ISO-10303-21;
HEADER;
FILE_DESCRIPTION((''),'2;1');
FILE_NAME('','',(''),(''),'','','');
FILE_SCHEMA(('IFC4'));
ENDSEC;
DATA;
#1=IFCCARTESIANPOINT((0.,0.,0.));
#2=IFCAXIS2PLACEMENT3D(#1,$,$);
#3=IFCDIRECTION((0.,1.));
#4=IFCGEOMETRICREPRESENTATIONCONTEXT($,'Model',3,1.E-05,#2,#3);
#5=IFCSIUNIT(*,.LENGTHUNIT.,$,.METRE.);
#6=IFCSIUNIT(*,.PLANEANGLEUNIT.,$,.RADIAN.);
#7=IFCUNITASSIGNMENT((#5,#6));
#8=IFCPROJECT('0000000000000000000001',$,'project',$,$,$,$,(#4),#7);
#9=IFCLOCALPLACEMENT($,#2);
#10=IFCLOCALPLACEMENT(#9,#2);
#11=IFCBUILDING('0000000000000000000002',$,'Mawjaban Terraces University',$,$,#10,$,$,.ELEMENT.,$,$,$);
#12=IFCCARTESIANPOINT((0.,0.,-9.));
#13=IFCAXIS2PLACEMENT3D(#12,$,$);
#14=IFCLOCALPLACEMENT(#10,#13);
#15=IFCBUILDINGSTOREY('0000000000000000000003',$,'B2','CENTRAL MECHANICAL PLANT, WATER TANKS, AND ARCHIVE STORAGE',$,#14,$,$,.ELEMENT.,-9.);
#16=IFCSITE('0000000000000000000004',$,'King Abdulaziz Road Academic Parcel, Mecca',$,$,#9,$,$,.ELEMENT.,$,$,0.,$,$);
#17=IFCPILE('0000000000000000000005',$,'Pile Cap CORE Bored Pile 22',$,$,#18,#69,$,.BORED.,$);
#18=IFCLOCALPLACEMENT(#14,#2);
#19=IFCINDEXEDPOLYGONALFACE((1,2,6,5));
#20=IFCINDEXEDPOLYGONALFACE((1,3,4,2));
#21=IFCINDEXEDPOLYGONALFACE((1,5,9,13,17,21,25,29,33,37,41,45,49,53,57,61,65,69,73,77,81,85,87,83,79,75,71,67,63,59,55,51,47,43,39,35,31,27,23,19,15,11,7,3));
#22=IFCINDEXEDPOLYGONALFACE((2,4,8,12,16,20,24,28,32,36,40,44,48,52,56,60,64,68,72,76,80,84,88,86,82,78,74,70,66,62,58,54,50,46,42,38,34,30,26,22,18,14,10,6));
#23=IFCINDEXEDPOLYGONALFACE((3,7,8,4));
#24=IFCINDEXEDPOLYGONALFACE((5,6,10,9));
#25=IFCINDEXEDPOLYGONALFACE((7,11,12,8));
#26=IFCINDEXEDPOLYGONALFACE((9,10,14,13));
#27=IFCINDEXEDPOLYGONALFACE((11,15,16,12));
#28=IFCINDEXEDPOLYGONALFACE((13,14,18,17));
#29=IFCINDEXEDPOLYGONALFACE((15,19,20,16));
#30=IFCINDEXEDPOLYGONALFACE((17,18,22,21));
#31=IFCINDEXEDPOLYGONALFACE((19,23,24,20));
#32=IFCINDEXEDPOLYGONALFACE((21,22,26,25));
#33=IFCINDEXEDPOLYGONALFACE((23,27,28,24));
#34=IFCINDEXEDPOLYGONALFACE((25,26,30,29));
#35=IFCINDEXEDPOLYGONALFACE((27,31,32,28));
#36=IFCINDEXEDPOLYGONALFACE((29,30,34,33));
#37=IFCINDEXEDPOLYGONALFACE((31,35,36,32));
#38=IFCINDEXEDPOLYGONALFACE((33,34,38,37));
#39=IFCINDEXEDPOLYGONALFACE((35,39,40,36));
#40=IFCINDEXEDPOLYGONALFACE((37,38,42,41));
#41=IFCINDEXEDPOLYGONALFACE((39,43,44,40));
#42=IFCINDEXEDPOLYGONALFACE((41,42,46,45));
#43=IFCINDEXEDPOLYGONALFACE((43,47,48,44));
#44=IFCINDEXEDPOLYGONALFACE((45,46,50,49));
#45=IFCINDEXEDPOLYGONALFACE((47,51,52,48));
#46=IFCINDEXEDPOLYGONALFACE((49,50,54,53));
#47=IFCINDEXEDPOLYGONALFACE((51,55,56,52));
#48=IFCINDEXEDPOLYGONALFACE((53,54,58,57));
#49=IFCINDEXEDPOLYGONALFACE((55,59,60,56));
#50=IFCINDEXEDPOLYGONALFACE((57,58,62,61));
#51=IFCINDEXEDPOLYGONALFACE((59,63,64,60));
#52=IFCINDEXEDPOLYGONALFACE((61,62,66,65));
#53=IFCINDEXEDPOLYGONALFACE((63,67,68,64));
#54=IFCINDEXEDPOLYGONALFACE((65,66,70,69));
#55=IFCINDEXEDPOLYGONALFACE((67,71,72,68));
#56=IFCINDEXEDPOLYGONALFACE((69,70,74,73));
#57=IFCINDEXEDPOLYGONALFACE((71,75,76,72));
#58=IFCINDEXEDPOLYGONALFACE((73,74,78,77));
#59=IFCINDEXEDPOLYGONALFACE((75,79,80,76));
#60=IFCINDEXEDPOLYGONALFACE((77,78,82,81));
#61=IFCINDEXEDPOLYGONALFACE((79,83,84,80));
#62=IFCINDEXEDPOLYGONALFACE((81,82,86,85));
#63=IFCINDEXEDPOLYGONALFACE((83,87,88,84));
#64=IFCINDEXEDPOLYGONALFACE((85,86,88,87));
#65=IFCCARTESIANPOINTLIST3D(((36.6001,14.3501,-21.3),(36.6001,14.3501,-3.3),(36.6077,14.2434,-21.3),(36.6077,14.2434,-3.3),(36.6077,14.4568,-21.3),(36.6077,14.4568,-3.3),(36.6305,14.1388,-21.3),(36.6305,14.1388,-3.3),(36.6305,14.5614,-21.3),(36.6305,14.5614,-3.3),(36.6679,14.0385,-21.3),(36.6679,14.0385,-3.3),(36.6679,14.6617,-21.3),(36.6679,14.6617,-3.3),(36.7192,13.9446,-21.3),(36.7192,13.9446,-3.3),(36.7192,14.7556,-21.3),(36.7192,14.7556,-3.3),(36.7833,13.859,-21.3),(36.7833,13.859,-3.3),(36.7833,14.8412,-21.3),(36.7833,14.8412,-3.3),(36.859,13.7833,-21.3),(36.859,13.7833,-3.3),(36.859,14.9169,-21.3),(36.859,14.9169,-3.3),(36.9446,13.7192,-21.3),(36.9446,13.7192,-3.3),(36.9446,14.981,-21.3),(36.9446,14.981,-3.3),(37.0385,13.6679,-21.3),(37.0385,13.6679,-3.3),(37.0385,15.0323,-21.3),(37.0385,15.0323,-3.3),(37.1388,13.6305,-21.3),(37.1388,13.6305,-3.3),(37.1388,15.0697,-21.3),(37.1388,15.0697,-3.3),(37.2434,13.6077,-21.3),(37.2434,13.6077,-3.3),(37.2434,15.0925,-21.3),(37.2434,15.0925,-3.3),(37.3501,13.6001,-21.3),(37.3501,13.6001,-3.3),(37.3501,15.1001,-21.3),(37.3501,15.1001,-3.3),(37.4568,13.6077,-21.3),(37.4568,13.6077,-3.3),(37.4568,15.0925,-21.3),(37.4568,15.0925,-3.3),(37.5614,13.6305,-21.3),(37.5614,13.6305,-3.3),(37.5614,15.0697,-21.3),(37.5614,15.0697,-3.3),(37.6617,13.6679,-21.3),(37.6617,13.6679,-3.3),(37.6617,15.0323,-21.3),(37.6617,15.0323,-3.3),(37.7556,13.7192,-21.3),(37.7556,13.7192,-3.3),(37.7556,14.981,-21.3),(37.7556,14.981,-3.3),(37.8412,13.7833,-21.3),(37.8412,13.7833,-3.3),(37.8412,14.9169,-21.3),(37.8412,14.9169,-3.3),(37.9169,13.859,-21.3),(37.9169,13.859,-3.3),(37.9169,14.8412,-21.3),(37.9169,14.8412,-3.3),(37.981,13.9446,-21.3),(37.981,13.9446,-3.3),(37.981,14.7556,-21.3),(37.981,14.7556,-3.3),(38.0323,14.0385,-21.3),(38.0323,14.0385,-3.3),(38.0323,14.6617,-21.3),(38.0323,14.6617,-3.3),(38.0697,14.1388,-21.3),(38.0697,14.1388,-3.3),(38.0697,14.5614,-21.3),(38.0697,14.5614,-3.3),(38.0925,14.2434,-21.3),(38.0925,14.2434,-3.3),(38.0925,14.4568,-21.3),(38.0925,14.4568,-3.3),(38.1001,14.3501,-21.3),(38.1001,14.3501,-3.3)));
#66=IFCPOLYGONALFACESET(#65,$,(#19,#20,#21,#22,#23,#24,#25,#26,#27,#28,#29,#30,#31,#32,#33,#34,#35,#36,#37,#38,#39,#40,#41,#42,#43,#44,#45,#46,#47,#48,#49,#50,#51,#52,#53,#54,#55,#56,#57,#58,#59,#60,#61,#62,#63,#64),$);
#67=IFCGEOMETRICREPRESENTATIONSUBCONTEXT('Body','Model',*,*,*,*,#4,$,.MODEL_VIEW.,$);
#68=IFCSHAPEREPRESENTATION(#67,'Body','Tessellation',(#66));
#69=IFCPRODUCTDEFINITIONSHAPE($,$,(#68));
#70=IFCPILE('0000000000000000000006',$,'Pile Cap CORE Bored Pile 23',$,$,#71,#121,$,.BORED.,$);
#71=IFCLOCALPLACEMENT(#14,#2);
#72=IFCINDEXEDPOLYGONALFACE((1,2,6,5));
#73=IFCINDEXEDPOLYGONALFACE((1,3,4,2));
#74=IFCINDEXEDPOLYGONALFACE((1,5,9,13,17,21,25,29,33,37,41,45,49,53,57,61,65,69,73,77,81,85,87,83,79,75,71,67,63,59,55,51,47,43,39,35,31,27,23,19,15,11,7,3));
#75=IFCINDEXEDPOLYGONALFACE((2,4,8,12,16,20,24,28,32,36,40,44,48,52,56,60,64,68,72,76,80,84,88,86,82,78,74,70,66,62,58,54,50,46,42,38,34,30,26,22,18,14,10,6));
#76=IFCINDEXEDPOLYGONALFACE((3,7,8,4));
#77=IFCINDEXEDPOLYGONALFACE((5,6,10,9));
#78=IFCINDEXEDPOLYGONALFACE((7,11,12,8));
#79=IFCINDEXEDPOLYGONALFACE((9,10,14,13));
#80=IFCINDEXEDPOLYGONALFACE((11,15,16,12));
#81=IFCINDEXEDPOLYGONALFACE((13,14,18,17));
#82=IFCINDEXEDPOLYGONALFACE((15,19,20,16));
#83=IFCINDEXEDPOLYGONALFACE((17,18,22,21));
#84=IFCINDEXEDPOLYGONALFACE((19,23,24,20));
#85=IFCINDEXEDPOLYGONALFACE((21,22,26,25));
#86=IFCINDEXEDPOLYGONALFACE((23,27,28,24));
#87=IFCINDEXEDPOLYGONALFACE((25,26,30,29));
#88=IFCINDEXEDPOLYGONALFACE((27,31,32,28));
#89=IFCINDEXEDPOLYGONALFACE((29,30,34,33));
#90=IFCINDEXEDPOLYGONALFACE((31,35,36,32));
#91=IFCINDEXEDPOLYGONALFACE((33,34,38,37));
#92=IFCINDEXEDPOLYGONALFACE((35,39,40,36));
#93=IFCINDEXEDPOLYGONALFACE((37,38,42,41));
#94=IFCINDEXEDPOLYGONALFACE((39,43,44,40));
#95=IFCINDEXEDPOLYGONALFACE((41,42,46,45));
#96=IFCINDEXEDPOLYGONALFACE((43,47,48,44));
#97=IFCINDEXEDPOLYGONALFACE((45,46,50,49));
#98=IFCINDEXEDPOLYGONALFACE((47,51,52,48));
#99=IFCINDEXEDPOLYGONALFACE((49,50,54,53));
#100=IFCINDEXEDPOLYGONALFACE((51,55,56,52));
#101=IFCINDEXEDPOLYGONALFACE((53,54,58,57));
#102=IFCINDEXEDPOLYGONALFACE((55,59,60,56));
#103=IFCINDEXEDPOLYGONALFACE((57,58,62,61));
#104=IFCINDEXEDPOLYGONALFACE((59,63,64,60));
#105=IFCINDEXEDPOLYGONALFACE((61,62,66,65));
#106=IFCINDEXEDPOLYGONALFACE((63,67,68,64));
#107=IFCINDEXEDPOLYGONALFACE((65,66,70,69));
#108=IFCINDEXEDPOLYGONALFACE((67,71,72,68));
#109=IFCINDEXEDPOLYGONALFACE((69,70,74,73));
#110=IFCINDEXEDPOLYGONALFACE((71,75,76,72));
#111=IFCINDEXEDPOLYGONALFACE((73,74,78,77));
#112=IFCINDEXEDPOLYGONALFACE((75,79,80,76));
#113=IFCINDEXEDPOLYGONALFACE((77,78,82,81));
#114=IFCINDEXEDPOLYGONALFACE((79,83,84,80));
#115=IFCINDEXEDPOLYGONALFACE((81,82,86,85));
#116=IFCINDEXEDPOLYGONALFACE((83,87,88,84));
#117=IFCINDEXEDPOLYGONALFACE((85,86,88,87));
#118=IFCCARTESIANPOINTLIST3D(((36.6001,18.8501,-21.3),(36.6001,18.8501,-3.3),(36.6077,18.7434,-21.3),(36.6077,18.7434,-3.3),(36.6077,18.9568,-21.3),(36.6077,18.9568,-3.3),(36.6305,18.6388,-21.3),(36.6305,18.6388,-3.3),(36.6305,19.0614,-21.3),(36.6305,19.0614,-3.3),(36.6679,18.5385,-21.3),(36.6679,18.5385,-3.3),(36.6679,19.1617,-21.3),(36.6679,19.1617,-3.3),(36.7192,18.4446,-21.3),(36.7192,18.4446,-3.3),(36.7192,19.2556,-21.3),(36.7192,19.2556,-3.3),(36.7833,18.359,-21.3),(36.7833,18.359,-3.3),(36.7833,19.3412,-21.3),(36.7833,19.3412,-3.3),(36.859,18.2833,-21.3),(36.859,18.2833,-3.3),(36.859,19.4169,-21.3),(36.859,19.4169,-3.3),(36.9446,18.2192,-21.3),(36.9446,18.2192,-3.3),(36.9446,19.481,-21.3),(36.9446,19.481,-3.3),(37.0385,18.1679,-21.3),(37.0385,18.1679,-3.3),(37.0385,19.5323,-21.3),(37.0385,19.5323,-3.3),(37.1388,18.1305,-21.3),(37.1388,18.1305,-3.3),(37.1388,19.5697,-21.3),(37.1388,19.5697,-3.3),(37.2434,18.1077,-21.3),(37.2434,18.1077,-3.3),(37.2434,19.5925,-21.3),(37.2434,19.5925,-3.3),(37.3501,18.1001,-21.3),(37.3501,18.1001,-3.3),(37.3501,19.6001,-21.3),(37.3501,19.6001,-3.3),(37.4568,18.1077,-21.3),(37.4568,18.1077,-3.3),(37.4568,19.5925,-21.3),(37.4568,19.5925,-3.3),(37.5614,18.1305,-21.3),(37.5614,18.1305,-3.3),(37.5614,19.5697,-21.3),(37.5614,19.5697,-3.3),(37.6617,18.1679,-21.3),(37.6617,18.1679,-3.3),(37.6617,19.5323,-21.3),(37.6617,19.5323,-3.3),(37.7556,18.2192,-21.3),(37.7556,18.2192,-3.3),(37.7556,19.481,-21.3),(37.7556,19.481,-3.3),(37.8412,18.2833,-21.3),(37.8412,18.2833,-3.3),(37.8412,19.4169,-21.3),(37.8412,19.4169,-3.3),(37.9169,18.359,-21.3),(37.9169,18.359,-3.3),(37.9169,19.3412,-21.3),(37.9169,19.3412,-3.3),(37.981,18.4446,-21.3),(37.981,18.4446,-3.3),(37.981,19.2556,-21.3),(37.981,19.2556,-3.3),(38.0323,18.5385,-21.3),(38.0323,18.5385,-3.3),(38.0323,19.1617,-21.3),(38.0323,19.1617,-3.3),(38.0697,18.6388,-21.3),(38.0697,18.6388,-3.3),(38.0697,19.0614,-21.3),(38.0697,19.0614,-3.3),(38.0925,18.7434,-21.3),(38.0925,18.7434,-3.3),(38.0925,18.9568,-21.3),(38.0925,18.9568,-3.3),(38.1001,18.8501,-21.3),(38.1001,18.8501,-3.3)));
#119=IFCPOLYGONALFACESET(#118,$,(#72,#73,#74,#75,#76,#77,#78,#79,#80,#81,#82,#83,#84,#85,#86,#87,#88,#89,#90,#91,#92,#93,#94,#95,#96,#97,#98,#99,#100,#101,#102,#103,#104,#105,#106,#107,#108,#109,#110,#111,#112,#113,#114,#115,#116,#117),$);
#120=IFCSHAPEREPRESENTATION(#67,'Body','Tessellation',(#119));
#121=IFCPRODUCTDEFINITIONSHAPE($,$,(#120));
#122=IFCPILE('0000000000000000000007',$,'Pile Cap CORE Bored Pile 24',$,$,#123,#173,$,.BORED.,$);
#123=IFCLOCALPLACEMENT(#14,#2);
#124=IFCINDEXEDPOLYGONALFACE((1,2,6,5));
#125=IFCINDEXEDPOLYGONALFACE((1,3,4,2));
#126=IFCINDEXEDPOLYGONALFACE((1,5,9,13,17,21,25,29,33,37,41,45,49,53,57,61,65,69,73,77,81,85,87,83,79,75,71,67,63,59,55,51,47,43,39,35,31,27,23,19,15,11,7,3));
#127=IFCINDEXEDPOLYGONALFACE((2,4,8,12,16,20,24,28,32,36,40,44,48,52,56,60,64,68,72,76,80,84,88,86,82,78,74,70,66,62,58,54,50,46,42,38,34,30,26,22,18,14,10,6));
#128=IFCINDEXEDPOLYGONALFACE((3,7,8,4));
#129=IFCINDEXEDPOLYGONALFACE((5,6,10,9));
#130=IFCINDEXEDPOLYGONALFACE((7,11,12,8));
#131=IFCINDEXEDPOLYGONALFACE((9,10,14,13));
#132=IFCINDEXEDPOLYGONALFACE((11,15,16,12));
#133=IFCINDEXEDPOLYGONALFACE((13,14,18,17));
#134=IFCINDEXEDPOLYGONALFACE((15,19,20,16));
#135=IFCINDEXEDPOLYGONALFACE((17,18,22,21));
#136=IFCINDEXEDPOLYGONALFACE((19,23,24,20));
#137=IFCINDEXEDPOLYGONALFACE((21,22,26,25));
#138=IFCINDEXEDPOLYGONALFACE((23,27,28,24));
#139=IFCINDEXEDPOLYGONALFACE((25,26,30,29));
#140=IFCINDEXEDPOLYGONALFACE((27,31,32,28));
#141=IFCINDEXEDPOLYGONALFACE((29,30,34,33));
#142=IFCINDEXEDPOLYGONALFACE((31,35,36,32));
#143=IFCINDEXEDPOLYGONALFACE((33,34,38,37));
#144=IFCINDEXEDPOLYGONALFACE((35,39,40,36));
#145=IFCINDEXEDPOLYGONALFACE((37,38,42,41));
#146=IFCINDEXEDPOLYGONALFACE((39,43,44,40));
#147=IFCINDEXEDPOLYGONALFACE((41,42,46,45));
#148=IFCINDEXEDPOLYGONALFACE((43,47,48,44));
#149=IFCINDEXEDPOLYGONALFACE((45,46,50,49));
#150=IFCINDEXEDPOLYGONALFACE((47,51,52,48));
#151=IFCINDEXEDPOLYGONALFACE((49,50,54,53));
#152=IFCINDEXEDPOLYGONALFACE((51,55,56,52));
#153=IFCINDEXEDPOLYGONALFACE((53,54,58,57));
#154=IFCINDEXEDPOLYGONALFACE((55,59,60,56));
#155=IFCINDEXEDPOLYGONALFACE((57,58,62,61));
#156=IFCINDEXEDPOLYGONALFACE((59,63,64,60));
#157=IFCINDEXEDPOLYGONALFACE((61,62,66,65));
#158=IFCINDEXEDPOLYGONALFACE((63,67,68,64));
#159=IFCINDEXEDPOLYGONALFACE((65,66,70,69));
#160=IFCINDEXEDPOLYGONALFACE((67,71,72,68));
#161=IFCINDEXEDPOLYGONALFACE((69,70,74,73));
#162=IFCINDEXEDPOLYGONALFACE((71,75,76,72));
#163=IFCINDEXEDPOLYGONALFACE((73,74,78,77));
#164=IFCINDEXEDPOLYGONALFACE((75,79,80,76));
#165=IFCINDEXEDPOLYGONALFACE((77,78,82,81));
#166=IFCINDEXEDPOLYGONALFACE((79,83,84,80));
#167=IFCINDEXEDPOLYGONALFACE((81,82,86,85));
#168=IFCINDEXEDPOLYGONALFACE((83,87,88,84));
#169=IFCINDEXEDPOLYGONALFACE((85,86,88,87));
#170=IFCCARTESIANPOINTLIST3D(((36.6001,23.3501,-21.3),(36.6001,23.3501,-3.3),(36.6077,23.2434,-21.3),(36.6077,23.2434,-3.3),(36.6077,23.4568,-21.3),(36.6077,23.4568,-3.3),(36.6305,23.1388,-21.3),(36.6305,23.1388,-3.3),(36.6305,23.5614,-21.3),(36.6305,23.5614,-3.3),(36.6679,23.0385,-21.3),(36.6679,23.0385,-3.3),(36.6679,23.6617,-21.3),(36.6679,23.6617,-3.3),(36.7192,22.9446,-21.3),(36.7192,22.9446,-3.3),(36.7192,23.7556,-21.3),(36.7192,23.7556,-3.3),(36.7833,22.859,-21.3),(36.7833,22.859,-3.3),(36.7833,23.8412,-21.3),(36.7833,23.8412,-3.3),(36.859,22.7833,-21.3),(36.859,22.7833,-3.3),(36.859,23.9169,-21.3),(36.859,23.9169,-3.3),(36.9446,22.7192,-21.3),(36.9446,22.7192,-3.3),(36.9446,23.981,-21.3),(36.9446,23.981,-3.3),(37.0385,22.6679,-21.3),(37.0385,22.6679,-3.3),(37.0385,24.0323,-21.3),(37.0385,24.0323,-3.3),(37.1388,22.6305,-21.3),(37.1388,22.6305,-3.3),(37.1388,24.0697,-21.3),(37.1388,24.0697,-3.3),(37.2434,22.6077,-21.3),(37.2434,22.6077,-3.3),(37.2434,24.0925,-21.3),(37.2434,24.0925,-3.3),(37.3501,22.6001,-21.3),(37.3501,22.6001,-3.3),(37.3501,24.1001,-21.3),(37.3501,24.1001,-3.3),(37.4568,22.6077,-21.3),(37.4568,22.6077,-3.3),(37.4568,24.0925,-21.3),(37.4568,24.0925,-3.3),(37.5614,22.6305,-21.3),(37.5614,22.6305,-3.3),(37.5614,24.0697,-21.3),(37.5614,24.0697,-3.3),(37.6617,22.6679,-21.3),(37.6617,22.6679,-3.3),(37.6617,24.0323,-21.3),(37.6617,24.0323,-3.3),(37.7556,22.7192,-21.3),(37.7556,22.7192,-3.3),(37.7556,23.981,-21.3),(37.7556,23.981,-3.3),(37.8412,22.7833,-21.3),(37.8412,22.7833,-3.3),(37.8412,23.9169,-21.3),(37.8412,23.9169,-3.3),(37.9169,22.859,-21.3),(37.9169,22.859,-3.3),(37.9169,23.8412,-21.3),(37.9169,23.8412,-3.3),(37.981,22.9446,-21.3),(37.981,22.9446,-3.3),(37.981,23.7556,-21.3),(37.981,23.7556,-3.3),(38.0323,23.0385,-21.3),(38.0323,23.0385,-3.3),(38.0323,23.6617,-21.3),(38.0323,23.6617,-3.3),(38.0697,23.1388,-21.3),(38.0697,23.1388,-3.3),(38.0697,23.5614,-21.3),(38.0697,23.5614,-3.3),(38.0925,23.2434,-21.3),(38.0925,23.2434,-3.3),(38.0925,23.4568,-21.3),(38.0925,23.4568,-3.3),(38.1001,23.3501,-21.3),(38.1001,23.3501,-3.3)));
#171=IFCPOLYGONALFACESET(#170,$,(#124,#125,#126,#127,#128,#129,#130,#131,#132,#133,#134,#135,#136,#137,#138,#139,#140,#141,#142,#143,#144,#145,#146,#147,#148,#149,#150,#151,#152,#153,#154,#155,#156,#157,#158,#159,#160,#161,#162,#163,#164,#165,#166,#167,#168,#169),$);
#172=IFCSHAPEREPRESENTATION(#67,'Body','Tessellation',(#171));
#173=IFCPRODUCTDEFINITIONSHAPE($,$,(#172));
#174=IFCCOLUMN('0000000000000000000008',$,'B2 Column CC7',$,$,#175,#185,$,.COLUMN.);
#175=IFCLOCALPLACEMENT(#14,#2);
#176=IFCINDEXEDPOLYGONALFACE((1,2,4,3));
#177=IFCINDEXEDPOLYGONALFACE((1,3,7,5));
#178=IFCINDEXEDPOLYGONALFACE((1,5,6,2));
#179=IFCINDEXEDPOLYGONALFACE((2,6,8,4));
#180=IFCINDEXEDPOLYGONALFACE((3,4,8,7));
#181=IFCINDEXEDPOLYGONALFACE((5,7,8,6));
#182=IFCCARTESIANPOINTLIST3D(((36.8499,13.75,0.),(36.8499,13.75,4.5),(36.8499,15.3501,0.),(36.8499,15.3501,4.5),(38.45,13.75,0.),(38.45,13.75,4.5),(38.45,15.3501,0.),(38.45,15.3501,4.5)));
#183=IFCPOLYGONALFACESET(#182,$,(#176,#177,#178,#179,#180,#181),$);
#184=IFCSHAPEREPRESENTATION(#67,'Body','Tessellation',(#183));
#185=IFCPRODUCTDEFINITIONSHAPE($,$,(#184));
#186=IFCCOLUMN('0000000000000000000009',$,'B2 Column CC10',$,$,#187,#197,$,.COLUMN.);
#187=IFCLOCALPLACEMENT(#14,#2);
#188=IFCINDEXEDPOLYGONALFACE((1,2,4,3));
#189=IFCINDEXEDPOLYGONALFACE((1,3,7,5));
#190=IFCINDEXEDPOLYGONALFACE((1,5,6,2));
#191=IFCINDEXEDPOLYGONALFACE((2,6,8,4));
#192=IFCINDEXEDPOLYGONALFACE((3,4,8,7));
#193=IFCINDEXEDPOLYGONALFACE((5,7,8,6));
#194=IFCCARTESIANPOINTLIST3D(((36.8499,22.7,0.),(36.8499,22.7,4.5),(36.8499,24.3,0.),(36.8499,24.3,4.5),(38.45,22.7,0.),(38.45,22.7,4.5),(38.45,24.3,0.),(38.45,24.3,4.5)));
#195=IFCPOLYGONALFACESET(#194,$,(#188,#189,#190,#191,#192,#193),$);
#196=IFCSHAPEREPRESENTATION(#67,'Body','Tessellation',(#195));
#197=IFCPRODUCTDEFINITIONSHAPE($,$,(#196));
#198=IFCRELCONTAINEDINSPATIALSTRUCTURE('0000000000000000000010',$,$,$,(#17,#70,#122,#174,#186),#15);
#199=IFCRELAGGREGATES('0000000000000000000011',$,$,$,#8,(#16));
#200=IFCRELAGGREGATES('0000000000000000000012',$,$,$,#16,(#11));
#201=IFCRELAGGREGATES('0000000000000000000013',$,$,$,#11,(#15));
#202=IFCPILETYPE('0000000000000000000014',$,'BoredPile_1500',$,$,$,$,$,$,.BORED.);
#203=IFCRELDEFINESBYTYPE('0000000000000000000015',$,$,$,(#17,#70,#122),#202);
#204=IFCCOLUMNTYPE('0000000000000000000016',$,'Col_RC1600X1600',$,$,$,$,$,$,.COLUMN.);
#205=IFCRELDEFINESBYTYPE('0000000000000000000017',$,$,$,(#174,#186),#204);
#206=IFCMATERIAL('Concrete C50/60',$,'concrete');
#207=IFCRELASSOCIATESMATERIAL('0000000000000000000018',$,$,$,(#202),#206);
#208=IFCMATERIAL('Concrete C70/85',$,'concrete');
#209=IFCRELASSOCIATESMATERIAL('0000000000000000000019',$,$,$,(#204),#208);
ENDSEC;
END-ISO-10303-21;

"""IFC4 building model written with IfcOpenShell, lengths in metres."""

from ifc_helpers import new_model, si_unit, direction, frame, origin, origin_2d, place, context, subcontext, project, spatial, rectangle, circle, extrude, material, material_profile, profile_set, type_object, element, save


model = new_model("IFC4")

# Units and contexts
model_context = context("Model", 3, precision=1e-05, world=origin(), true_north=direction((0.0, 1.0)))
body_context = subcontext(model_context, "Body", "Model", "MODEL_VIEW")
ifc_project = project(units=[si_unit("LENGTHUNIT", "METRE"), si_unit("PLANEANGLEUNIT", "RADIAN")], contexts=[model_context])

# Site, building, storey
site_placement = place(None, origin())
site = spatial("IfcSite", under=ifc_project, at=site_placement, Name="King Abdulaziz Road Academic Parcel, Mecca", CompositionType="ELEMENT", RefElevation=0.0)
building_placement = place(site_placement, origin())
building = spatial("IfcBuilding", under=site, at=building_placement, Name="Mawjaban Terraces University", CompositionType="ELEMENT")
storey_placement = place(building_placement, frame((0.0, 0.0, -9.0)))
storey = spatial("IfcBuildingStorey", under=building, at=storey_placement, Name="B2", Description="CENTRAL MECHANICAL PLANT, WATER TANKS, AND ARCHIVE STORAGE", CompositionType="ELEMENT", Elevation=-9.0)

# Piles
ifc_material_1 = material(Name="Concrete C50/60", Category="concrete")
ifc_material_profile_1 = material_profile(ifc_material_1, circle(Radius=0.75, at=origin_2d()), Name="PILE1500")
ifc_profile_set_1 = profile_set([ifc_material_profile_1], Name="Concrete C50/60")
pile_type = type_object("IfcPileType", Name="BoredPile_1500", PredefinedType="BORED", material=ifc_profile_set_1)
for number, where, z_axis, x_axis, name in (
    (1, (37.3501, 14.3501, -3.3), (0.0, 0.0, -1.0), (1.0, 0.0, 0.0), "Pile Cap CORE Bored Pile 22"),
    (2, (37.3501, 18.8501, -3.3), (0.0, 0.0, -1.0), (1.0, 0.0, 0.0), "Pile Cap CORE Bored Pile 23"),
    (3, (37.3501, 23.3501, -3.3), (0.0, 0.0, -1.0), (1.0, 0.0, 0.0), "Pile Cap CORE Bored Pile 24"),
):
    element("IfcPile", number, at=place(storey_placement, frame(where, z_axis=z_axis, x_axis=x_axis)), inside=storey, type_object=pile_type, Name=name, PredefinedType="BORED", context=body_context, shape_type="SweptSolid", body=[
        extrude(circle(Radius=0.75, at=origin_2d()), origin(), (0.0, 0.0, 1.0), 18.0),
    ])

# Columns
ifc_material_2 = material(Name="Concrete C70/85", Category="concrete")
ifc_material_profile_2 = material_profile(ifc_material_2, rectangle(XDim=1.6001, YDim=1.6001, at=origin_2d()), Name="RC1600X1600")
ifc_profile_set_2 = profile_set([ifc_material_profile_2], Name="Concrete C70/85")
column_type = type_object("IfcColumnType", Name="Col_RC1600X1600", PredefinedType="COLUMN", material=ifc_profile_set_2)
for number, where, z_axis, x_axis, name in (
    (4, (37.6499, 14.55, 0.0), (0.0, 0.0, 1.0), (1.0, 0.0, 0.0), "B2 Column CC7"),
    (5, (37.6499, 23.5, 0.0), (0.0, 0.0, 1.0), (1.0, 0.0, 0.0), "B2 Column CC10"),
):
    element("IfcColumn", number, at=place(storey_placement, frame(where, z_axis=z_axis, x_axis=x_axis)), inside=storey, type_object=column_type, Name=name, PredefinedType="COLUMN", context=body_context, shape_type="SweptSolid", body=[
        extrude(rectangle(XDim=1.6001, YDim=1.6001, at=origin_2d()), origin(), (0.0, 0.0, 1.0), 4.5),
    ])

save(model, "model.ifc")
